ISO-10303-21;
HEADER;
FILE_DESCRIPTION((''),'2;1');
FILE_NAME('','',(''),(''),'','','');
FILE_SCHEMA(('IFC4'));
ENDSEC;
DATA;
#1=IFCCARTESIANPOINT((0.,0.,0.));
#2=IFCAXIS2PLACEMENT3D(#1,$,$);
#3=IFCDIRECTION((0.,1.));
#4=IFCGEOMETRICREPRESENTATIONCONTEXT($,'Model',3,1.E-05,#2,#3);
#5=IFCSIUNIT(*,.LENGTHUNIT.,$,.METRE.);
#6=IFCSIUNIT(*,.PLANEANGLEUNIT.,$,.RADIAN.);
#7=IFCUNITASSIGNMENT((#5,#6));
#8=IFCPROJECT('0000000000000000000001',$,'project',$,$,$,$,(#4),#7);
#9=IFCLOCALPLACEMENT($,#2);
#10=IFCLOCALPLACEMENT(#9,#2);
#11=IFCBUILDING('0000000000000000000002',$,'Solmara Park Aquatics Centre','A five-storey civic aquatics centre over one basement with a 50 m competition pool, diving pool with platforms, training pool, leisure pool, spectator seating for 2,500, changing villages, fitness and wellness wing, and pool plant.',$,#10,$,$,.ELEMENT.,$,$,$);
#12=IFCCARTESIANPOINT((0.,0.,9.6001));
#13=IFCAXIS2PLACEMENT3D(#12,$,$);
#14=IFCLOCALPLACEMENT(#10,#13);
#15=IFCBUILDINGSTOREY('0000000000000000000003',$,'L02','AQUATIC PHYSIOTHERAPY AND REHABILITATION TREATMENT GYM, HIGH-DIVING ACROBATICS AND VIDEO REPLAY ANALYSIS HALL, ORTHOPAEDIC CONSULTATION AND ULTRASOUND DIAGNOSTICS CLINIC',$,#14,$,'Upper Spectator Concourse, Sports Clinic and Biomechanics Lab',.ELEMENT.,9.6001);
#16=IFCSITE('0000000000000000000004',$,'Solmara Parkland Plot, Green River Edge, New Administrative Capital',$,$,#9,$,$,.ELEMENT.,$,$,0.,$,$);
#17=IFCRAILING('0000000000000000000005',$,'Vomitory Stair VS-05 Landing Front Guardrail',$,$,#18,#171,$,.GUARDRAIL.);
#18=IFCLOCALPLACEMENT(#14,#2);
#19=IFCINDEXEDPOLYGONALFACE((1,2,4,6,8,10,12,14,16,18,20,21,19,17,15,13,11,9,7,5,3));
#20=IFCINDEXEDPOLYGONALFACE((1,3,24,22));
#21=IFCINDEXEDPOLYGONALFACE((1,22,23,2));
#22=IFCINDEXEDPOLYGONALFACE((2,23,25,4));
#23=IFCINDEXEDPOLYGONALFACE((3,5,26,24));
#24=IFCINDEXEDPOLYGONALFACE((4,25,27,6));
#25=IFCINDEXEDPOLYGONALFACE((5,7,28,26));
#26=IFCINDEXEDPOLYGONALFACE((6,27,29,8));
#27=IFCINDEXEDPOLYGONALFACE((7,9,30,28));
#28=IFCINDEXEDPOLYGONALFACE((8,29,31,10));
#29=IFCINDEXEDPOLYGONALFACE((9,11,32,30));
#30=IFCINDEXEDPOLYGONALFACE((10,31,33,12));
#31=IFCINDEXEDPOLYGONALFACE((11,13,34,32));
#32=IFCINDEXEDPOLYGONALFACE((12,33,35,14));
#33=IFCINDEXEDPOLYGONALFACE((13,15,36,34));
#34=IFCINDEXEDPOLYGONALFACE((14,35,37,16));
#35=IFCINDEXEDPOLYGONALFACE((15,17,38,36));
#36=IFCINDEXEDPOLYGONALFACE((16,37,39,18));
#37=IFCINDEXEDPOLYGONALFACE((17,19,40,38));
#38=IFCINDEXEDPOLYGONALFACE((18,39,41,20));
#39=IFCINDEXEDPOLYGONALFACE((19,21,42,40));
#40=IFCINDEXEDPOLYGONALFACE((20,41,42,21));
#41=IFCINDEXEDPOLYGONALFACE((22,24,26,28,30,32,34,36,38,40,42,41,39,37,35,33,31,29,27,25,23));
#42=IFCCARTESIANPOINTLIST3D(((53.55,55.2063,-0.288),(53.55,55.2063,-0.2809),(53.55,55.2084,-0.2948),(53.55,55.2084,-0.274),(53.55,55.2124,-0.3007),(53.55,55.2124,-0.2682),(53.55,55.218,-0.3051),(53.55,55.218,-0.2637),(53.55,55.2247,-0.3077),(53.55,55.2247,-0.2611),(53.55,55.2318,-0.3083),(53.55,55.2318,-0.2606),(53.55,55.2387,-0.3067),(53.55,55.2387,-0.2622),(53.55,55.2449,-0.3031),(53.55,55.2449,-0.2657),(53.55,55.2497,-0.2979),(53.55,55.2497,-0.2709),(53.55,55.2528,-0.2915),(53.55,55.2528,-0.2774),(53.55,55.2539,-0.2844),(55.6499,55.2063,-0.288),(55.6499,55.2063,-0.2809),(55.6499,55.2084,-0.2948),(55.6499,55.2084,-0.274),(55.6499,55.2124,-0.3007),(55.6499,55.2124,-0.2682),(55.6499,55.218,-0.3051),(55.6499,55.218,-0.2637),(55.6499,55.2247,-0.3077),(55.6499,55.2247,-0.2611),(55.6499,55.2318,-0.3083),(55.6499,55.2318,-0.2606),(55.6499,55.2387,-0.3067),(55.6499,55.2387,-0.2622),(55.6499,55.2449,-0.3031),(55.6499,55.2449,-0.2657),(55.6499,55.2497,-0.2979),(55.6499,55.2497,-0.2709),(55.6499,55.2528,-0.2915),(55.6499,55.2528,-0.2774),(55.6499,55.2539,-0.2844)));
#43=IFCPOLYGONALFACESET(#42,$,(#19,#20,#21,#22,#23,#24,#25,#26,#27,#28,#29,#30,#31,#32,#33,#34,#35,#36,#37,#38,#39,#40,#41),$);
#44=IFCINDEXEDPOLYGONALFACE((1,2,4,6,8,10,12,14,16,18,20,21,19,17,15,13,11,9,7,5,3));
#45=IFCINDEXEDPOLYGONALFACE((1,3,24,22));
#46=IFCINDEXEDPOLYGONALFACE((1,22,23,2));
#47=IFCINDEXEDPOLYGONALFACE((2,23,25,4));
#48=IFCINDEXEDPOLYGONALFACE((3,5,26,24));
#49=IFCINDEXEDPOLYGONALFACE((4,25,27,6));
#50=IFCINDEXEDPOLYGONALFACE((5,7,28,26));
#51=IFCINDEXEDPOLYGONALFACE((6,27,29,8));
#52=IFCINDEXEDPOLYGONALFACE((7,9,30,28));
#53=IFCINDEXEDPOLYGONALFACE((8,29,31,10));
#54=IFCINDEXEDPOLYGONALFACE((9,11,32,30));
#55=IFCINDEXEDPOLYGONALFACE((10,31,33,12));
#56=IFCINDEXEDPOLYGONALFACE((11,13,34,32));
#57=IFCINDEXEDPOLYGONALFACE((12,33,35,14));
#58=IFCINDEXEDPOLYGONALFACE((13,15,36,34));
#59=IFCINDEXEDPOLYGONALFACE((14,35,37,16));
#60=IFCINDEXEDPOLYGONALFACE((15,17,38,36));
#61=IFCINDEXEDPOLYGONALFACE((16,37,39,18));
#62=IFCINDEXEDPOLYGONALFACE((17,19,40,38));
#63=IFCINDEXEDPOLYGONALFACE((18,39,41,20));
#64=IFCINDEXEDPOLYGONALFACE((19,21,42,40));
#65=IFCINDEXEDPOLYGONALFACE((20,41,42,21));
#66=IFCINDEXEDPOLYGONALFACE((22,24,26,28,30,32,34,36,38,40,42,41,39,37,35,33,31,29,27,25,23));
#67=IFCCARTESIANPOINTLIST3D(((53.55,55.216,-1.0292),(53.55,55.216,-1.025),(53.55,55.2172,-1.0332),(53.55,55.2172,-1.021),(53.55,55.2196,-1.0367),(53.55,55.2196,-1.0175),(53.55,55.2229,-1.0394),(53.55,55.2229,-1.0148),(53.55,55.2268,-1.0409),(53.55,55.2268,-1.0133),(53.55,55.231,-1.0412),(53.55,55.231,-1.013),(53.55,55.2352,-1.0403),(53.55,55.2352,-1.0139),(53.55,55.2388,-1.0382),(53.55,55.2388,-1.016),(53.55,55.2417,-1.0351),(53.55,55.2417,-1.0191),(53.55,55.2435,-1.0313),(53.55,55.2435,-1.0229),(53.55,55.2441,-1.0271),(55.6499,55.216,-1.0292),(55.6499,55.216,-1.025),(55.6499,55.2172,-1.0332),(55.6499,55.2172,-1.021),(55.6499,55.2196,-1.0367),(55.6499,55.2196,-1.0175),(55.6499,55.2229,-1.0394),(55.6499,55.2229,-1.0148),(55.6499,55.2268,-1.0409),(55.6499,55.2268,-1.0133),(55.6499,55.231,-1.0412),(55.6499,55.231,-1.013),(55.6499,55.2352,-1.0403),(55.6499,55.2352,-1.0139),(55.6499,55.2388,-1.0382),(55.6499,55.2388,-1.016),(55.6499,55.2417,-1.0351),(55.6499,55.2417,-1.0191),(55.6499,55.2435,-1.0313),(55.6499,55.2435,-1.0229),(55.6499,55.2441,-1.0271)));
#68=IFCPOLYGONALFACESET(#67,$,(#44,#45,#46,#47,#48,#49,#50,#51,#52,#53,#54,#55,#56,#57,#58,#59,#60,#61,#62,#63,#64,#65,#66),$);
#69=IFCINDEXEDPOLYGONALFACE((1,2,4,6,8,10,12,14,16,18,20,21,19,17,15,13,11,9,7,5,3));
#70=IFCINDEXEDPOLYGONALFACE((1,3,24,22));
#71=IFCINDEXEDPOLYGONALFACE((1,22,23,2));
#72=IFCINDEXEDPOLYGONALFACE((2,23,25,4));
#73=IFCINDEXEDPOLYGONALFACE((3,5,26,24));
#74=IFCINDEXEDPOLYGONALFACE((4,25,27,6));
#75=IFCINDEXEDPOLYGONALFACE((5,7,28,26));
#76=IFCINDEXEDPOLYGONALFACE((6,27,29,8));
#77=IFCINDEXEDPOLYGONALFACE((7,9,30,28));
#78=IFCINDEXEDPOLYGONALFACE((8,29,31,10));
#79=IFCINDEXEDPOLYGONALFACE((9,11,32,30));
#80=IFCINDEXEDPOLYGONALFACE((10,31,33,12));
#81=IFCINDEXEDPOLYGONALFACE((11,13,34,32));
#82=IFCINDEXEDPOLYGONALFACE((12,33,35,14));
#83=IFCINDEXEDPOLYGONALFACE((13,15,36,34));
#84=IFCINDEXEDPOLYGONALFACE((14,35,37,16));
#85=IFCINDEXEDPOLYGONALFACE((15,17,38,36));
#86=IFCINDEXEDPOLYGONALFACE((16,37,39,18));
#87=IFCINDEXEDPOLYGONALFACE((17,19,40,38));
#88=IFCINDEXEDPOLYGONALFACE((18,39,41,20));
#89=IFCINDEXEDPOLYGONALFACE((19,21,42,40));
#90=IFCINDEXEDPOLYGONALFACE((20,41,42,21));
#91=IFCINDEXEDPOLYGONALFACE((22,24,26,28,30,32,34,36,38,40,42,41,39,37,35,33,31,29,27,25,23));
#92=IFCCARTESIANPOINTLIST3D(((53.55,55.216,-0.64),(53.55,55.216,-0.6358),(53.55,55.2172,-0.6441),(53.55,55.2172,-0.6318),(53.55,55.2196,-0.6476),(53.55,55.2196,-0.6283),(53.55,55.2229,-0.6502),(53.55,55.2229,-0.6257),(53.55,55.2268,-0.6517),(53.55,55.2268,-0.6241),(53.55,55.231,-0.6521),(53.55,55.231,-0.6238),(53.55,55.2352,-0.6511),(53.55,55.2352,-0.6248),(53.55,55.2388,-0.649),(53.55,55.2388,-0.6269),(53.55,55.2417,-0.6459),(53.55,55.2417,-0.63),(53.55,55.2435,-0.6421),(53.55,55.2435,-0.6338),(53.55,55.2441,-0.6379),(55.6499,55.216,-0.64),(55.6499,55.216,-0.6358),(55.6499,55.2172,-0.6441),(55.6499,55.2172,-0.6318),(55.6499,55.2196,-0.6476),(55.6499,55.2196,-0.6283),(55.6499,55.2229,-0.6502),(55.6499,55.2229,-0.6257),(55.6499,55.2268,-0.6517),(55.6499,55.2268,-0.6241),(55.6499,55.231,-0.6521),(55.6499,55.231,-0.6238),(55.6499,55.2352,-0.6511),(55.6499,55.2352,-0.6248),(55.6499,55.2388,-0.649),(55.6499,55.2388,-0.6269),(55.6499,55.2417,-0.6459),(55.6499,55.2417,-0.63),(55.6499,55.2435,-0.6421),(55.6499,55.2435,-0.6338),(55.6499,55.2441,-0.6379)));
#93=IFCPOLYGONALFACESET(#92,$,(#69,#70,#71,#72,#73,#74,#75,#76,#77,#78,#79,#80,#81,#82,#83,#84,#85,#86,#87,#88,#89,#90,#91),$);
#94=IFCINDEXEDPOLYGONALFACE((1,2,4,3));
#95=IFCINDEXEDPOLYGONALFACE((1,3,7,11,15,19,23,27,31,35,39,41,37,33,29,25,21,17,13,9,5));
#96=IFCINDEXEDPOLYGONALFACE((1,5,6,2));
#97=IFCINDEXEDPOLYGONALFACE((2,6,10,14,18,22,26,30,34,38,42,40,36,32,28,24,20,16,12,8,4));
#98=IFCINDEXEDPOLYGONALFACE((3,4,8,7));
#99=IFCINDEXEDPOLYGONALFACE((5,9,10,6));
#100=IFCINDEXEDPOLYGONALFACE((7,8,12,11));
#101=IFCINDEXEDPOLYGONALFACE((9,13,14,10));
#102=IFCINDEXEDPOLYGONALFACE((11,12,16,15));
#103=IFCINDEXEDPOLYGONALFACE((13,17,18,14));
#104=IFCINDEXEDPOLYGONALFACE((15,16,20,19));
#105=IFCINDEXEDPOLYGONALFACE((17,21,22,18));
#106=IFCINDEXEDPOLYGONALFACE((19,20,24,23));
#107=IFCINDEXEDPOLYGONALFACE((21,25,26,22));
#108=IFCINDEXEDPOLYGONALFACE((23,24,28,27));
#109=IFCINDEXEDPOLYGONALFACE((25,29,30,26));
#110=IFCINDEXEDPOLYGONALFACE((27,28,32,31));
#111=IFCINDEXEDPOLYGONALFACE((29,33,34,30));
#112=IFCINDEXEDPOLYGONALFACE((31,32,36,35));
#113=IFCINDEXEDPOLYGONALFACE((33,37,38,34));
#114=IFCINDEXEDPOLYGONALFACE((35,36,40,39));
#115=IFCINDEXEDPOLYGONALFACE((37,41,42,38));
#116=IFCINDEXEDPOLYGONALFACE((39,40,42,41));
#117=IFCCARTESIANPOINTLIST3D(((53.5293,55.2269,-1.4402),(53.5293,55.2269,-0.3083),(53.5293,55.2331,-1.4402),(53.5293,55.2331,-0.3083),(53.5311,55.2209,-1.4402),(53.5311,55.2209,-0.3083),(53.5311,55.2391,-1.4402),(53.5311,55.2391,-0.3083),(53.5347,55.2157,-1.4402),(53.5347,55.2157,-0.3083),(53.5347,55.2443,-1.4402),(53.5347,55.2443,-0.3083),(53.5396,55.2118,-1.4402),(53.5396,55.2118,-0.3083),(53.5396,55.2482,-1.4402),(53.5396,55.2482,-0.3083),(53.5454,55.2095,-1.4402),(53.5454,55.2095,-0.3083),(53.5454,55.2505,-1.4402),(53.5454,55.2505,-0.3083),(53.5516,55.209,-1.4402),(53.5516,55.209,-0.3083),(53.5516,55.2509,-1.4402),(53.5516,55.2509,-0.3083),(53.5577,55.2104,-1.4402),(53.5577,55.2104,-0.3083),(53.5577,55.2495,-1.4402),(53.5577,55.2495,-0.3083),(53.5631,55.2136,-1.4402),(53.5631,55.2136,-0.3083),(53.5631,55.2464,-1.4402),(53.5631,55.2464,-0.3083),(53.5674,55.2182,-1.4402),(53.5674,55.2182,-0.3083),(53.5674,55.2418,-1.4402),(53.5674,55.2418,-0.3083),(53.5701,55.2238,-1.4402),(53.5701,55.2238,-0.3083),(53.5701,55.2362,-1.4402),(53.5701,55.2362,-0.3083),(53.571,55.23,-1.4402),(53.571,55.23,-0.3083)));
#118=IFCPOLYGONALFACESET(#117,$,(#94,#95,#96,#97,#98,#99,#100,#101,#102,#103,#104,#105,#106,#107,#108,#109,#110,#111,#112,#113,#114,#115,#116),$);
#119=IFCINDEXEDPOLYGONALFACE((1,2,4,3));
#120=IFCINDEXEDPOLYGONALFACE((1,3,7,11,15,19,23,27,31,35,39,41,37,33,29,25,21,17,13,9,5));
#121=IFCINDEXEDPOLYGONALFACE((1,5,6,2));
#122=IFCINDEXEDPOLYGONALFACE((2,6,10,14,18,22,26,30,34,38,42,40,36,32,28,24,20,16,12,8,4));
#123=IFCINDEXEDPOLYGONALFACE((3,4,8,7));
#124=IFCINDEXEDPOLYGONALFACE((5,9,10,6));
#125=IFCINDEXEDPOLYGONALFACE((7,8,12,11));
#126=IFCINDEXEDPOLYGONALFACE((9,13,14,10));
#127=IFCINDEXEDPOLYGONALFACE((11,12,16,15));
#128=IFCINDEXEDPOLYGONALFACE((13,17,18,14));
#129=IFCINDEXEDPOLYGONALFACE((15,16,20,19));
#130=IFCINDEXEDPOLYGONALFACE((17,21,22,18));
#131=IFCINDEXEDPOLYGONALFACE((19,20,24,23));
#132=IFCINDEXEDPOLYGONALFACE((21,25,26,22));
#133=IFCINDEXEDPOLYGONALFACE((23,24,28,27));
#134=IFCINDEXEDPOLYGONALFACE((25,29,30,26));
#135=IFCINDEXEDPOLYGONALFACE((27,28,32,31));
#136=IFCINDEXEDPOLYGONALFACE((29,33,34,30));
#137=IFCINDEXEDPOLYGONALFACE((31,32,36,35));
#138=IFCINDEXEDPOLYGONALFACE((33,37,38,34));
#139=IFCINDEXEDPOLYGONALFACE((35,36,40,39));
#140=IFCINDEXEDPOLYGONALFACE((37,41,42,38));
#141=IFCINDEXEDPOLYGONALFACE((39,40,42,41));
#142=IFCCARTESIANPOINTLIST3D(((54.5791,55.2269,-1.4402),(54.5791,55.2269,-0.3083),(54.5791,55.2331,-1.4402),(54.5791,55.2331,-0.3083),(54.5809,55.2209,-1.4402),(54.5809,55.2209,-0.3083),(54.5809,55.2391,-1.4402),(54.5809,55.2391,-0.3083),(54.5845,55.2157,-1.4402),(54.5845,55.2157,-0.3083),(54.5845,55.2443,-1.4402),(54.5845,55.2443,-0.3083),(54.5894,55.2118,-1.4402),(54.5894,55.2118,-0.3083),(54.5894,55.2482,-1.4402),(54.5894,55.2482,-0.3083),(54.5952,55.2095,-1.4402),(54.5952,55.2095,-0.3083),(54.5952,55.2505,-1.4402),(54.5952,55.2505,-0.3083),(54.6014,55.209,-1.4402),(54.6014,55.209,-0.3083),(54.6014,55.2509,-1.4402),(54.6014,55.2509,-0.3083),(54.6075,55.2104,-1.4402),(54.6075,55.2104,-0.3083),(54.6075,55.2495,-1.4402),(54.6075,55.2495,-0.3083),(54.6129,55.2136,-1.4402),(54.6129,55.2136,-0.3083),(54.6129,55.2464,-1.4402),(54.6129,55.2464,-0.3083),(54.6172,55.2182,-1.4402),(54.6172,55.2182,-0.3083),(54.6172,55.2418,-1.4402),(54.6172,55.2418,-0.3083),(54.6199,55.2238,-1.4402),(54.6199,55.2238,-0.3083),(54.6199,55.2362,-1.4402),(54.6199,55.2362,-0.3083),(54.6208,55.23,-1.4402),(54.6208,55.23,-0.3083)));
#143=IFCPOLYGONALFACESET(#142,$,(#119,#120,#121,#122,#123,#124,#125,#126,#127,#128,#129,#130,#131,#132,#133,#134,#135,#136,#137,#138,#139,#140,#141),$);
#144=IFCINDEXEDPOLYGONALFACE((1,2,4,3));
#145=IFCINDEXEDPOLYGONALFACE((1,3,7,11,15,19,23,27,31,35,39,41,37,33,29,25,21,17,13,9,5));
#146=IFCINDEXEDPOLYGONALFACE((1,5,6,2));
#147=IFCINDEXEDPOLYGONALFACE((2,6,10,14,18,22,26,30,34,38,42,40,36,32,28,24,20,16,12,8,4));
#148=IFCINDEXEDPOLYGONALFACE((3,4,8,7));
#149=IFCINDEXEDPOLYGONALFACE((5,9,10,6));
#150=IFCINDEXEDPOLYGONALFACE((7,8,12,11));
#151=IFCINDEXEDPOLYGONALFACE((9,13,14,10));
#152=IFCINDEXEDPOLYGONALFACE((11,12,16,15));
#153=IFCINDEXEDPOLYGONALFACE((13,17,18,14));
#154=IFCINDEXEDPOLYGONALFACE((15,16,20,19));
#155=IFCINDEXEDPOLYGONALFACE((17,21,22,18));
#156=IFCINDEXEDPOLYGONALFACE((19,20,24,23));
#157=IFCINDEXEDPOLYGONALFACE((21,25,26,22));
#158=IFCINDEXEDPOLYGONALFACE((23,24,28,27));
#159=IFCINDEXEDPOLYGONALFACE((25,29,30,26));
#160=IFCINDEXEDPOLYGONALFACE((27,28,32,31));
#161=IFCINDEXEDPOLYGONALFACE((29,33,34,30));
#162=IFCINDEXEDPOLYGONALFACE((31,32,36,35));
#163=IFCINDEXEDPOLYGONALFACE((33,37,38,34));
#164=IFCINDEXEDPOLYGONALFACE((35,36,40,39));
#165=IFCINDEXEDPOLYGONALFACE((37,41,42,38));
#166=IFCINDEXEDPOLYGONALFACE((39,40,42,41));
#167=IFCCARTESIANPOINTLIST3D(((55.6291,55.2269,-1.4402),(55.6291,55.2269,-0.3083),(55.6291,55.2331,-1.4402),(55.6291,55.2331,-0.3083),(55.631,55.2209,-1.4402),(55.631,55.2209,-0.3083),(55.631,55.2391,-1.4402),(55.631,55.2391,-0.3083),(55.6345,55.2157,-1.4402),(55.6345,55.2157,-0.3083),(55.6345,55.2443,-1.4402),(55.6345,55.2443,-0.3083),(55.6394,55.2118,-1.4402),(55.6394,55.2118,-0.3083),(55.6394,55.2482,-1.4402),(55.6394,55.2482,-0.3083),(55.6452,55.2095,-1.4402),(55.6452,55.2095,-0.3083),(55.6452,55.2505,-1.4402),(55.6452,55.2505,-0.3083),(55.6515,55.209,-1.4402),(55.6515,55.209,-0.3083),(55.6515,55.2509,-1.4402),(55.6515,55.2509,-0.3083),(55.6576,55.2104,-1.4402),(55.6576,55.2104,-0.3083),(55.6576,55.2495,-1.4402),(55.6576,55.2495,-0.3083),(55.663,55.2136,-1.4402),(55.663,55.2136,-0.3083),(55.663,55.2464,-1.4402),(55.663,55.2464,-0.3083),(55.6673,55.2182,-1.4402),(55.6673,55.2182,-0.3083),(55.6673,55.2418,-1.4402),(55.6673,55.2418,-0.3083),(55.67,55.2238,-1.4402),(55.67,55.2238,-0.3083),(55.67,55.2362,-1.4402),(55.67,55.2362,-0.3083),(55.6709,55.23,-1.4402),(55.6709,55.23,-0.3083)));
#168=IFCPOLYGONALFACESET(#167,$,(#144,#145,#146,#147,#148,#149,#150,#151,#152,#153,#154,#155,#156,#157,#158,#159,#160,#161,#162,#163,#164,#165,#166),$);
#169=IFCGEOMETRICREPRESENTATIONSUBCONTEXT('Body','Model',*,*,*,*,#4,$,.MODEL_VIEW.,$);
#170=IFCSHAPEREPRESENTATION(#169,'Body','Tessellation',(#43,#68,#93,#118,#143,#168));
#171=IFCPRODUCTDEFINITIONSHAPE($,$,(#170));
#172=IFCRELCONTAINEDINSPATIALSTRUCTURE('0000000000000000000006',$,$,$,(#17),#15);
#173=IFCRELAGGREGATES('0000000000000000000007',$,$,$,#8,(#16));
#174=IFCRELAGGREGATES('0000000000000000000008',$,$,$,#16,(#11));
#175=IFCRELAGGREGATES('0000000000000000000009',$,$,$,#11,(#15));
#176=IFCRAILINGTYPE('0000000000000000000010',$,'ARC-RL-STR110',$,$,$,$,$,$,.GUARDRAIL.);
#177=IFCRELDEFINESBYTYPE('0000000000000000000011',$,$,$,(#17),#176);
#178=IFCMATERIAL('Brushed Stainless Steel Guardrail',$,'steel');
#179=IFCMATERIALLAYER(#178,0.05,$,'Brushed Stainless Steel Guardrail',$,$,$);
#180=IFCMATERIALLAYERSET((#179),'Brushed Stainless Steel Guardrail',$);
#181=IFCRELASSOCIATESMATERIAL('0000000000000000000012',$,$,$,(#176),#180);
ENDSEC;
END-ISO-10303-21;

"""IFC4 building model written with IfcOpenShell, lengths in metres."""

from ifc_helpers import new_model, si_unit, direction, frame, origin, origin_2d, place, context, subcontext, project, spatial, circle, extrude, material, layer, layer_set, type_object, element, save


model = new_model("IFC4")

# Units and contexts
model_context = context("Model", 3, precision=1e-05, world=origin(), true_north=direction((0.0, 1.0)))
body_context = subcontext(model_context, "Body", "Model", "MODEL_VIEW")
ifc_project = project(units=[si_unit("LENGTHUNIT", "METRE"), si_unit("PLANEANGLEUNIT", "RADIAN")], contexts=[model_context])

# Site, building, storey
site_placement = place(None, origin())
site = spatial("IfcSite", under=ifc_project, at=site_placement, Name="Solmara Parkland Plot, Green River Edge, New Administrative Capital", CompositionType="ELEMENT", RefElevation=0.0)
building_placement = place(site_placement, origin())
building = spatial("IfcBuilding", under=site, at=building_placement, Name="Solmara Park Aquatics Centre", Description="A five-storey civic aquatics centre over one basement with a 50 m competition pool, diving pool with platforms, training pool, leisure pool, spectator seating for 2,500, changing villages, fitness and wellness wing, and pool plant.", CompositionType="ELEMENT")
storey_placement = place(building_placement, frame((0.0, 0.0, 9.6001)))
storey = spatial("IfcBuildingStorey", under=building, at=storey_placement, Name="L02", Description="AQUATIC PHYSIOTHERAPY AND REHABILITATION TREATMENT GYM, HIGH-DIVING ACROBATICS AND VIDEO REPLAY ANALYSIS HALL, ORTHOPAEDIC CONSULTATION AND ULTRASOUND DIAGNOSTICS CLINIC", LongName="Upper Spectator Concourse, Sports Clinic and Biomechanics Lab", CompositionType="ELEMENT", Elevation=9.6001)

# Railing
ifc_material_1 = material(Name="Brushed Stainless Steel Guardrail", Category="steel")
ifc_layer_1 = layer(ifc_material_1, 0.05, Name="Brushed Stainless Steel Guardrail")
ifc_layer_set_1 = layer_set([ifc_layer_1], Name="Brushed Stainless Steel Guardrail")
railing_type_1 = type_object("IfcRailingType", Name="ARC-RL-STR110", PredefinedType="GUARDRAIL", material=ifc_layer_set_1)
railing_1_placement = place(storey_placement, frame((53.55, 55.23, -1.4402)))
element("IfcRailing", 1, at=railing_1_placement, inside=storey, type_object=railing_type_1, Name="Vomitory Stair VS-05 Landing Front Guardrail", PredefinedType="GUARDRAIL", context=body_context, shape_type="SweptSolid", body=[
    extrude(circle(Radius=0.0239, at=origin_2d()), frame((0.0, 0.0, 1.1558), z_axis=(1.0, 0.0, 0.0), x_axis=(0.0, 1.0, 0.0)), (0.0, 0.0, 1.0), 2.0999),
    extrude(circle(Radius=0.0142, at=origin_2d()), frame((0.0, 0.0, 0.4131), z_axis=(1.0, 0.0, 0.0), x_axis=(0.0, 1.0, 0.0)), (0.0, 0.0, 1.0), 2.0999),
    extrude(circle(Radius=0.0142, at=origin_2d()), frame((0.0, 0.0, 0.8022), z_axis=(1.0, 0.0, 0.0), x_axis=(0.0, 1.0, 0.0)), (0.0, 0.0, 1.0), 2.0999),
    extrude(circle(Radius=0.021, at=origin_2d()), origin(), (0.0, 0.0, 1.0), 1.1318),
    extrude(circle(Radius=0.021, at=origin_2d()), frame((1.0498, 0.0, 0.0)), (0.0, 0.0, 1.0), 1.1318),
    extrude(circle(Radius=0.021, at=origin_2d()), frame((2.0999, 0.0, 0.0)), (0.0, 0.0, 1.0), 1.1318),
])

save(model, "model.ifc")
